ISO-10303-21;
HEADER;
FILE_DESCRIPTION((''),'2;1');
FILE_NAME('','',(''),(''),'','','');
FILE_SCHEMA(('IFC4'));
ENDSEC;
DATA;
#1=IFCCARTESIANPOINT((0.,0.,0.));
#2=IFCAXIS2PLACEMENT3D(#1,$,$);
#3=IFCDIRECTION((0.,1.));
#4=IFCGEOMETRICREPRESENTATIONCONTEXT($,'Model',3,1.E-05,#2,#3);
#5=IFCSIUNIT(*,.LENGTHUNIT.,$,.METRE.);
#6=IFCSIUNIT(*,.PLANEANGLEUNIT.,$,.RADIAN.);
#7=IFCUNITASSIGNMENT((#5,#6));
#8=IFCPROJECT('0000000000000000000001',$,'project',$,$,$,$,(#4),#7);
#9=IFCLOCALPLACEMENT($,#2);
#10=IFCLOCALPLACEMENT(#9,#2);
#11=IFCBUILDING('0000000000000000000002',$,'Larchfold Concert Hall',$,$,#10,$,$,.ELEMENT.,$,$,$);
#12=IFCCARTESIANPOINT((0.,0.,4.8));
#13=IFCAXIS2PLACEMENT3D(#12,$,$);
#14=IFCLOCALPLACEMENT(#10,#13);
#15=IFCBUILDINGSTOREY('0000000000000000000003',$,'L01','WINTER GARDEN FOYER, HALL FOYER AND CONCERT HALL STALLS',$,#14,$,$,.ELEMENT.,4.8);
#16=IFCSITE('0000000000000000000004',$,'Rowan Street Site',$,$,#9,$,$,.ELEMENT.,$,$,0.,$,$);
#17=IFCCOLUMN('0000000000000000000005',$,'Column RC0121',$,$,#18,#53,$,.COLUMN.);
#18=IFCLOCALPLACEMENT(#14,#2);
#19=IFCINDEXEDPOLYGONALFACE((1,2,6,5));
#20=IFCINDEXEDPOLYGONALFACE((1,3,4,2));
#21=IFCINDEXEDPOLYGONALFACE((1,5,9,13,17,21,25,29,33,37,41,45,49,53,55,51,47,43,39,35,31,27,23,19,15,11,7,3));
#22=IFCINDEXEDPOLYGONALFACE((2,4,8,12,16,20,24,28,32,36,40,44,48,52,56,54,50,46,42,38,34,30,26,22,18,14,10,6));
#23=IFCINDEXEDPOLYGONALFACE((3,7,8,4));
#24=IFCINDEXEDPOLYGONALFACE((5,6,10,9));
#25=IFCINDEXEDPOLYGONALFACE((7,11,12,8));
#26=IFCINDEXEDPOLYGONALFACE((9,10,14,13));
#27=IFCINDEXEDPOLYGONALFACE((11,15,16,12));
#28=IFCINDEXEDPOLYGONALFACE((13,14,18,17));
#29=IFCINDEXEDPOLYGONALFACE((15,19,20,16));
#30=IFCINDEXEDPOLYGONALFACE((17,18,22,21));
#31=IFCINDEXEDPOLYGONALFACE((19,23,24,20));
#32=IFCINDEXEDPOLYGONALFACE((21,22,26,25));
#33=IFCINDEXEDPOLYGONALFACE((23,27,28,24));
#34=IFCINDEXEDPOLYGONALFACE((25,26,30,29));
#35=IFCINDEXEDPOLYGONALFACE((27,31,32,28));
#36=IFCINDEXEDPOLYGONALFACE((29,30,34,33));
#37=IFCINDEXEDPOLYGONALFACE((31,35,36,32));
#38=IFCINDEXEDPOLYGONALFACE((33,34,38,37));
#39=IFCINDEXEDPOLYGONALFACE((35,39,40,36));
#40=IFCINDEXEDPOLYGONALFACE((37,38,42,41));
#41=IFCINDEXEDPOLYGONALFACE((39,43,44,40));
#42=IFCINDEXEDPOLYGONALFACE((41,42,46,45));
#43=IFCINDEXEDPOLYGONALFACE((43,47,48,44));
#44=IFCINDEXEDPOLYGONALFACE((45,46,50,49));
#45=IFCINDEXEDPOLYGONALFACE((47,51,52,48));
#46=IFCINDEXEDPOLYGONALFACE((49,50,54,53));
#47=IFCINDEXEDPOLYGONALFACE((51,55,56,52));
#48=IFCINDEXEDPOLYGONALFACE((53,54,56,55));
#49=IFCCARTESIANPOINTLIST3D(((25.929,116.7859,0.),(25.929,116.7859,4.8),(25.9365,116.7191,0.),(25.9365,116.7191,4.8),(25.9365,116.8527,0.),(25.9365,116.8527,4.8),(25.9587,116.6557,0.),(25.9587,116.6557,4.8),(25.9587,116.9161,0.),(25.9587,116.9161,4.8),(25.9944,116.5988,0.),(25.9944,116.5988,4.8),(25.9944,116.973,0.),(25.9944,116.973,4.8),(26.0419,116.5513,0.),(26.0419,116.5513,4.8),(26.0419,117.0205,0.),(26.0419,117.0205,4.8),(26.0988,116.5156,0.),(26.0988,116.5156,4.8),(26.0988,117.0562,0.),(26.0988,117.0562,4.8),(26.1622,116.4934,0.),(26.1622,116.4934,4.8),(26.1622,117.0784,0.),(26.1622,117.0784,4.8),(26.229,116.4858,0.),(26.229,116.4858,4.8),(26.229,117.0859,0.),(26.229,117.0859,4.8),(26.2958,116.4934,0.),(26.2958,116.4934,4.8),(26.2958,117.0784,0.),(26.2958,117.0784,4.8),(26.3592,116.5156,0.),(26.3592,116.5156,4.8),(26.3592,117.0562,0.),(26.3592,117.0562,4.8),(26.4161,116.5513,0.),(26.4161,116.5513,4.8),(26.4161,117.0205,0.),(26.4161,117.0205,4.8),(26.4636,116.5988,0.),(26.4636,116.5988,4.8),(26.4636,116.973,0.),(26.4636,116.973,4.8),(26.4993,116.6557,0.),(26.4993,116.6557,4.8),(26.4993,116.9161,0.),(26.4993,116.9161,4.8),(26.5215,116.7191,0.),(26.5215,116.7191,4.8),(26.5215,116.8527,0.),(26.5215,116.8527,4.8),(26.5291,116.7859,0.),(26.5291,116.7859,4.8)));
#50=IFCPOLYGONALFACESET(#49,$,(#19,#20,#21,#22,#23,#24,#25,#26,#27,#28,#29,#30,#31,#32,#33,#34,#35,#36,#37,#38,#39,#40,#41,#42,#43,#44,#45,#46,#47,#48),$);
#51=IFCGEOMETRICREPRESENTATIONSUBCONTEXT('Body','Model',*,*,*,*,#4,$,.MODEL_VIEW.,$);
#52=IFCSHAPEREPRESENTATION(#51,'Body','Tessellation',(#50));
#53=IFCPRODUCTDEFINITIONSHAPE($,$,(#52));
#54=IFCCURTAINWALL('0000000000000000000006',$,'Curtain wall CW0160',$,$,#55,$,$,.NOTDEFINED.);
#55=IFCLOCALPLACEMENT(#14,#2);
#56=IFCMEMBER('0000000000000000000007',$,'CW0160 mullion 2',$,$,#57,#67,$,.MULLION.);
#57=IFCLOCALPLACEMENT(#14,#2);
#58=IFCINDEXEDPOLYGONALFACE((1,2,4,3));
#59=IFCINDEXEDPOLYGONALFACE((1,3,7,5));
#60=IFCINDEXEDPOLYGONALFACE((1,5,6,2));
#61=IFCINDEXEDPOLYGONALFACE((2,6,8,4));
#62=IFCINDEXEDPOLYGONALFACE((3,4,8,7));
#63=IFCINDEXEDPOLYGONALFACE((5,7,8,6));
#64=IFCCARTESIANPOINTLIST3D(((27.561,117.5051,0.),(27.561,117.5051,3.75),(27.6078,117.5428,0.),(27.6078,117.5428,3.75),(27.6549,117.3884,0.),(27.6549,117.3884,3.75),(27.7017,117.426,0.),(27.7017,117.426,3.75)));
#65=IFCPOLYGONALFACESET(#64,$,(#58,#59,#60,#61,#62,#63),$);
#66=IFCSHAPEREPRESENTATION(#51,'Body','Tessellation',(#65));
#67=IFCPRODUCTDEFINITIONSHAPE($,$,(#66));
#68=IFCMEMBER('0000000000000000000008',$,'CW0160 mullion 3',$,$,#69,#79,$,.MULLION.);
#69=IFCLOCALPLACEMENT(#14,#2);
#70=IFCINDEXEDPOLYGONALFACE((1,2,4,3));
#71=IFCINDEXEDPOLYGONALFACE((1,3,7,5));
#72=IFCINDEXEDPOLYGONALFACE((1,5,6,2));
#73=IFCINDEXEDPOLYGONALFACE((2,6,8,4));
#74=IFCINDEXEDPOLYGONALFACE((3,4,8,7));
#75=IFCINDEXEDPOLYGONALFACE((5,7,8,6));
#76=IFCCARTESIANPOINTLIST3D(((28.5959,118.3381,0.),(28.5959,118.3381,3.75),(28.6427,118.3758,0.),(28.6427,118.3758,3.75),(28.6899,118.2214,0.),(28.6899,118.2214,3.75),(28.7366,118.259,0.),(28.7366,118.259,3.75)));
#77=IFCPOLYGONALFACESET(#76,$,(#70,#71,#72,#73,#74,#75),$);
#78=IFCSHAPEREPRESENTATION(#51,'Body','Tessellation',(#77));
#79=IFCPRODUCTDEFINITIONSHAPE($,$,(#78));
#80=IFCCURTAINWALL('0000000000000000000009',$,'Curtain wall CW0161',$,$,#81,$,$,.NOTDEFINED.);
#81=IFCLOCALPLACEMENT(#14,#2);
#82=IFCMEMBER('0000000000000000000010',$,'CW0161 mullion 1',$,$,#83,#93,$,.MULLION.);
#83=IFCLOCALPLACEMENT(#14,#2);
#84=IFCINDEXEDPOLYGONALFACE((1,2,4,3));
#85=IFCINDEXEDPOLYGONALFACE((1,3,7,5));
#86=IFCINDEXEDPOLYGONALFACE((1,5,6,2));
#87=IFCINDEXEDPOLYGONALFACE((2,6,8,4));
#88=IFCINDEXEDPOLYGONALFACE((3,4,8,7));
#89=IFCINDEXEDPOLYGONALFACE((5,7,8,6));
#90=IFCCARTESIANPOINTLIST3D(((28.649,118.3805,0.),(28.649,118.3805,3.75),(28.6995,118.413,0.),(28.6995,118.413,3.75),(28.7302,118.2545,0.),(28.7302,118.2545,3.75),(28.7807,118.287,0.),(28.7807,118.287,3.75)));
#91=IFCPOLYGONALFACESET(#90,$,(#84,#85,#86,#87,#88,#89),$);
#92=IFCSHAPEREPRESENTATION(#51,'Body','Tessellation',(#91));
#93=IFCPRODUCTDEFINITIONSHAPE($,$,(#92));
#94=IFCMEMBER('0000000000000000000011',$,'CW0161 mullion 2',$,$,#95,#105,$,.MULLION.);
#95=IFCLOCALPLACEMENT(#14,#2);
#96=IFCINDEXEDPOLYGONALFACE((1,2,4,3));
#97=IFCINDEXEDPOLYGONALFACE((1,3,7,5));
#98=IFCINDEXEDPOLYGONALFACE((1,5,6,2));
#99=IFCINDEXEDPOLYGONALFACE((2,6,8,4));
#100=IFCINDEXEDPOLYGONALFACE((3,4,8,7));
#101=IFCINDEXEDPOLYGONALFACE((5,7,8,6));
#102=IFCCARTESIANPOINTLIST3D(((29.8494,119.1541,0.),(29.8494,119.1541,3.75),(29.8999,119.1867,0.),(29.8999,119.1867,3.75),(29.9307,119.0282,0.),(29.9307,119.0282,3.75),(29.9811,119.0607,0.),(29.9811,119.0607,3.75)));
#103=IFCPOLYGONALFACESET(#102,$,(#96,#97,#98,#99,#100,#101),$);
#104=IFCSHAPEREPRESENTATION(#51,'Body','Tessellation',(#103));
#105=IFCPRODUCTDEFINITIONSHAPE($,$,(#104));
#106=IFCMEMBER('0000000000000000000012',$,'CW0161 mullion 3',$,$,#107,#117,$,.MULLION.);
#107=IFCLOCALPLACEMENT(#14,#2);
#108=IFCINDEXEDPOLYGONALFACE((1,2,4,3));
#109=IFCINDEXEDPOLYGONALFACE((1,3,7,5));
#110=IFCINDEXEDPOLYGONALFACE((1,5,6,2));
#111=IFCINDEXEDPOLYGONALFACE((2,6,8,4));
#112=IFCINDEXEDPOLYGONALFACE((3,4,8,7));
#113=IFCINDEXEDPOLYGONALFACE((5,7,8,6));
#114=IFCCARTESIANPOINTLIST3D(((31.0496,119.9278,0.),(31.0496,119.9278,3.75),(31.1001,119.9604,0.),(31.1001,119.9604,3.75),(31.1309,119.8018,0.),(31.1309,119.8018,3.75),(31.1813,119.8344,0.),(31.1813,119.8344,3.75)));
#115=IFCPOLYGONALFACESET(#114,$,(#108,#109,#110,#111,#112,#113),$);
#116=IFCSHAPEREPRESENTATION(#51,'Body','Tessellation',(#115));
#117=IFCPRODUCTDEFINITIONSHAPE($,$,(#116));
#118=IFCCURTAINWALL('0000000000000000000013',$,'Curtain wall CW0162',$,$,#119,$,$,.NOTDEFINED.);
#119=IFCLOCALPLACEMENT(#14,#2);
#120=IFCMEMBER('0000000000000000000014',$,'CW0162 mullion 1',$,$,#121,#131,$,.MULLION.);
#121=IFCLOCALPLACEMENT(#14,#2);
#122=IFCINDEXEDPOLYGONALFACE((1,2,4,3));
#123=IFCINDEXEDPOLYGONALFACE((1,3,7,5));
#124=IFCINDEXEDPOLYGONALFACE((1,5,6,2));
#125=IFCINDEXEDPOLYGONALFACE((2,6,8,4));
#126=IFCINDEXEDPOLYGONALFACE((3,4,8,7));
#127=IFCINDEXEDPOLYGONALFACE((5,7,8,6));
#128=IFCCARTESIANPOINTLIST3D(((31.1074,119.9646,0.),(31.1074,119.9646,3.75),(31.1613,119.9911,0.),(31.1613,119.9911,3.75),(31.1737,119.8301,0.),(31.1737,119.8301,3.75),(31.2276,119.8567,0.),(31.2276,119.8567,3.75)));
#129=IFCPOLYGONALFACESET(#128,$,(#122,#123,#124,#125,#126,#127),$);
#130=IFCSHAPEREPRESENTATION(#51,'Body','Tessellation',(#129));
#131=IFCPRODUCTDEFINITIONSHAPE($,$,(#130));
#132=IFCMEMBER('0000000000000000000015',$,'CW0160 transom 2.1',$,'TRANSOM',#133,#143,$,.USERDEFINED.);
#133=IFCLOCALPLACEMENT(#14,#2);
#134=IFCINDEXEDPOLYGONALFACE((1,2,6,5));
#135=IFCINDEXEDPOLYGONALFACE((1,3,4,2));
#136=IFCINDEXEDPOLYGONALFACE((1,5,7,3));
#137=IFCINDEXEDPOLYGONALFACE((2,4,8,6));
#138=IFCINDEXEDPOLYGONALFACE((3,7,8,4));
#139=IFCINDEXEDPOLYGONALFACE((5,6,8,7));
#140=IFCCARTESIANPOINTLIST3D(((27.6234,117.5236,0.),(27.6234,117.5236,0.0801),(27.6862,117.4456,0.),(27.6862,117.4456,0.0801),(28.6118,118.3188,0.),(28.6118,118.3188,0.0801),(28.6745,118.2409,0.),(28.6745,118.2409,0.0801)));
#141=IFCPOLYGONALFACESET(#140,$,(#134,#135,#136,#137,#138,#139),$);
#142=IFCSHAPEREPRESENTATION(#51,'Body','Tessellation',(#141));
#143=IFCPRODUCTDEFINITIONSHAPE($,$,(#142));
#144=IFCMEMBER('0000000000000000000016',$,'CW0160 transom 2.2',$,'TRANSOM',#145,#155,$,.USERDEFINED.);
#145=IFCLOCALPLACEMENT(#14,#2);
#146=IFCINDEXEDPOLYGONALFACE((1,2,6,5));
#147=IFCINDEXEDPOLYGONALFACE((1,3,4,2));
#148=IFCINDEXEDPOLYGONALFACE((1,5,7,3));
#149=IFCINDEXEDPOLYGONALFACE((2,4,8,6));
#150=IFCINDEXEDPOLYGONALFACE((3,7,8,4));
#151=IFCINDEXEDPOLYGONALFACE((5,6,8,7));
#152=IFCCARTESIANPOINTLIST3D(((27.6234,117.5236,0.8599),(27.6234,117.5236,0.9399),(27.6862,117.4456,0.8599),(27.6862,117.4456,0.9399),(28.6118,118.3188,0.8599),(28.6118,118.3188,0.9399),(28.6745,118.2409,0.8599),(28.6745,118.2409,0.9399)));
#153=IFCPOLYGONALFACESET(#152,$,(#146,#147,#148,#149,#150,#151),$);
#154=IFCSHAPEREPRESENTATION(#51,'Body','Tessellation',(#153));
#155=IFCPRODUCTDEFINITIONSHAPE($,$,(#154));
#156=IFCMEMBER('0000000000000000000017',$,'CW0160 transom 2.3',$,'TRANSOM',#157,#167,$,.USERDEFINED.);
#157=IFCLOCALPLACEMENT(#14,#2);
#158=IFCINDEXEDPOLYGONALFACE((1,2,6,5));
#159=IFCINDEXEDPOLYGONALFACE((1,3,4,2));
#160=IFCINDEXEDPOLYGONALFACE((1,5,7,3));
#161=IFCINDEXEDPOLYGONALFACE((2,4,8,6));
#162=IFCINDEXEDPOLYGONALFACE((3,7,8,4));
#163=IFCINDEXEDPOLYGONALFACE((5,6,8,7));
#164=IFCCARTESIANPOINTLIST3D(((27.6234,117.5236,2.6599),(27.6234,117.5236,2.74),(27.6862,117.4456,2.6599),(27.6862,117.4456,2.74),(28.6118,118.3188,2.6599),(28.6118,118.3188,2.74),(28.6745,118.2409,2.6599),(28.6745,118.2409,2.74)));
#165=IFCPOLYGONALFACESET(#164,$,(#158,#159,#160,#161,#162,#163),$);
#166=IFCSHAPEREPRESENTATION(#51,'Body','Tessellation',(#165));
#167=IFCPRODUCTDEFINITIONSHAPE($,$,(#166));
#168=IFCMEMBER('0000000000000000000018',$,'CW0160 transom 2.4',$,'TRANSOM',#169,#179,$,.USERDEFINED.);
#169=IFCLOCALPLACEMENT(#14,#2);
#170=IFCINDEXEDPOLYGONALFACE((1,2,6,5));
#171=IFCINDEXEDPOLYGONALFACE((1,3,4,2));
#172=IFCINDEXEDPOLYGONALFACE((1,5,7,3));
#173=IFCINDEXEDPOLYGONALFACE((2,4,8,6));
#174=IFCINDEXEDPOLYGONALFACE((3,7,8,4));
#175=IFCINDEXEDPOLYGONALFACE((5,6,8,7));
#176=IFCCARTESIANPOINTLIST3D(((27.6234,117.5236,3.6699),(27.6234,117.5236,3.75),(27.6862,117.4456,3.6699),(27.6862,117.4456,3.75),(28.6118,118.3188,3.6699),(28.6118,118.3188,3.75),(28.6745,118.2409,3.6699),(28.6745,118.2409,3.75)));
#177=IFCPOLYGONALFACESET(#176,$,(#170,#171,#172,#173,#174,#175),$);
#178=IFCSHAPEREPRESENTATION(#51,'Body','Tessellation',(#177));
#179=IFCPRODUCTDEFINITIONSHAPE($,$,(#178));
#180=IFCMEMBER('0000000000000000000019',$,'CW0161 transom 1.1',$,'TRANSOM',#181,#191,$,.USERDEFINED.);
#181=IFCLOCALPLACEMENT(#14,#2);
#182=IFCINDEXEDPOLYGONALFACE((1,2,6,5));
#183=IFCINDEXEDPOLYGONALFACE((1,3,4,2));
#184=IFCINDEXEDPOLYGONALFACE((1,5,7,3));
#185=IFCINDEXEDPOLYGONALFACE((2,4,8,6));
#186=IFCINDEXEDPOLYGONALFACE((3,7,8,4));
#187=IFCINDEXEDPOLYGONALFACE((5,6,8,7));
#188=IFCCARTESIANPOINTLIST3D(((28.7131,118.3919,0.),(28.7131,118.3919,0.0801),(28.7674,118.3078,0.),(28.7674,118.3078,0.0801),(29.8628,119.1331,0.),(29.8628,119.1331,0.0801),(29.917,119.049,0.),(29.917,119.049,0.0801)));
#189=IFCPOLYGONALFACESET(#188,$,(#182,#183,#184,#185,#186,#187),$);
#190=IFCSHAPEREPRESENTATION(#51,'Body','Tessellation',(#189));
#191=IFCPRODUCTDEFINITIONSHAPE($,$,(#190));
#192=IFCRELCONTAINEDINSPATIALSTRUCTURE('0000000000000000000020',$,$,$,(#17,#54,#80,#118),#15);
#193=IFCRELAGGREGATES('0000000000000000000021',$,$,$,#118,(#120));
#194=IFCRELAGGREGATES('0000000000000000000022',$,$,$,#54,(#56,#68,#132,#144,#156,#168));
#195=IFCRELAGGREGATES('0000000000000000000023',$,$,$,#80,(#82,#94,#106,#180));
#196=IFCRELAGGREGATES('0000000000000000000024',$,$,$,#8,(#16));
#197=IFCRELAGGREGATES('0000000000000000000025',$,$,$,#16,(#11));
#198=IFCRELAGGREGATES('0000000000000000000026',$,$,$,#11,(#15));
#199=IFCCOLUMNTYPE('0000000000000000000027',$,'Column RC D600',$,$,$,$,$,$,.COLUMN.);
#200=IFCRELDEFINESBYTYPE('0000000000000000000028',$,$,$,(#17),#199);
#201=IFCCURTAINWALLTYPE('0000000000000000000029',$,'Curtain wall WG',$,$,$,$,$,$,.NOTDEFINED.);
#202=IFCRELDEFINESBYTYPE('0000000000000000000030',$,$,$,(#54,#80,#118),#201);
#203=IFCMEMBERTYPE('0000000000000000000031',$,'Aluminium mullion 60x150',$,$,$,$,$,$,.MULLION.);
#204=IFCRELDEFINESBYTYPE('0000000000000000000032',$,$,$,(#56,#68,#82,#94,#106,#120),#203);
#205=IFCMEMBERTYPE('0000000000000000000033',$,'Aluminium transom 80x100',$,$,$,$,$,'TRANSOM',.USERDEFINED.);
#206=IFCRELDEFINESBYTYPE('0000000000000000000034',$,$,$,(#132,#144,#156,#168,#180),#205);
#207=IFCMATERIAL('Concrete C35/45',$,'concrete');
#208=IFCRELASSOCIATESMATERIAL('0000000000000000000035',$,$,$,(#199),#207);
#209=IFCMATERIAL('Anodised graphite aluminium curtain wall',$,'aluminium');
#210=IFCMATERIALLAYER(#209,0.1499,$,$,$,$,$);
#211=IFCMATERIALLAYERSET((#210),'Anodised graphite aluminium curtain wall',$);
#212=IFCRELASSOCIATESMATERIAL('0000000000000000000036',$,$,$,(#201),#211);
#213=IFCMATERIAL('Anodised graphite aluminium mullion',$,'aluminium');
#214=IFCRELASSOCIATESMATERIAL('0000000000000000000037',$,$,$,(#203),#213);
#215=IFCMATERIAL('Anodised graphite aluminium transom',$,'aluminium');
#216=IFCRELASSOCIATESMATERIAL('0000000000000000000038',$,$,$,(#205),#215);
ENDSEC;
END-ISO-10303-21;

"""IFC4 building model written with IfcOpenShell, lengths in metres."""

from ifc_helpers import new_model, si_unit, direction, frame, origin, origin_2d, place, context, subcontext, project, spatial, rectangle, circle, extrude, material, layer, layer_set, material_profile, profile_set, type_object, element, aggregate, save


model = new_model("IFC4")

# Units and contexts
model_context = context("Model", 3, precision=1e-05, world=origin(), true_north=direction((0.0, 1.0)))
body_context = subcontext(model_context, "Body", "Model", "MODEL_VIEW")
ifc_project = project(units=[si_unit("LENGTHUNIT", "METRE"), si_unit("PLANEANGLEUNIT", "RADIAN")], contexts=[model_context])

# Site, building, storey
site_placement = place(None, origin())
site = spatial("IfcSite", under=ifc_project, at=site_placement, Name="Rowan Street Site", CompositionType="ELEMENT", RefElevation=0.0)
building_placement = place(site_placement, origin())
building = spatial("IfcBuilding", under=site, at=building_placement, Name="Larchfold Concert Hall", CompositionType="ELEMENT")
storey_placement = place(building_placement, frame((0.0, 0.0, 4.8)))
storey = spatial("IfcBuildingStorey", under=building, at=storey_placement, Name="L01", Description="WINTER GARDEN FOYER, HALL FOYER AND CONCERT HALL STALLS", CompositionType="ELEMENT", Elevation=4.8)

# Column
ifc_material_1 = material(Name="Concrete C35/45", Category="concrete")
ifc_material_profile_1 = material_profile(ifc_material_1, circle(Radius=0.3, at=origin_2d()))
ifc_profile_set_1 = profile_set([ifc_material_profile_1], Name="Concrete C35/45")
column_type = type_object("IfcColumnType", Name="Column RC D600", PredefinedType="COLUMN", material=ifc_profile_set_1)
column_placement = place(storey_placement, frame((26.229, 116.7859, 0.0), z_axis=(0.0, 0.0, 1.0), x_axis=(1.0, 0.0, 0.0)))
element("IfcColumn", 1, at=column_placement, inside=storey, type_object=column_type, Name="Column RC0121", PredefinedType="COLUMN", context=body_context, shape_type="SweptSolid", body=[
    extrude(circle(Radius=0.3, at=origin_2d()), origin(), (0.0, 0.0, 1.0), 4.8),
])

# Curtain walls, members
ifc_material_2 = material(Name="Anodised graphite aluminium curtain wall", Category="aluminium")
ifc_layer_1 = layer(ifc_material_2, 0.1499)
ifc_layer_set_1 = layer_set([ifc_layer_1], Name="Anodised graphite aluminium curtain wall")
curtain_wall_type = type_object("IfcCurtainWallType", Name="Curtain wall WG", PredefinedType="NOTDEFINED", material=ifc_layer_set_1)
curtain_wall_1_placement = place(storey_placement, origin())
curtain_wall_1 = element("IfcCurtainWall", 2, at=curtain_wall_1_placement, inside=storey, type_object=curtain_wall_type, Name="Curtain wall CW0160", PredefinedType="NOTDEFINED")
ifc_material_3 = material(Name="Anodised graphite aluminium mullion", Category="aluminium")
ifc_material_profile_2 = material_profile(ifc_material_3, rectangle(XDim=0.1499, YDim=0.0601, at=origin_2d()))
ifc_profile_set_2 = profile_set([ifc_material_profile_2], Name="Anodised graphite aluminium mullion")
member_type_1 = type_object("IfcMemberType", Name="Aluminium mullion 60x150", PredefinedType="MULLION", material=ifc_profile_set_2)
member_1_placement = place(storey_placement, frame((27.6313, 117.4656, 0.0), z_axis=(0.0, 0.0, 1.0), x_axis=(-0.626939, 0.779068, 0.0)))
member_1 = element("IfcMember", 3, at=member_1_placement, type_object=member_type_1, Name="CW0160 mullion 2", PredefinedType="MULLION", context=body_context, shape_type="SweptSolid", body=[
    extrude(rectangle(XDim=0.1499, YDim=0.0601, at=origin_2d()), origin(), (0.0, 0.0, 1.0), 3.75),
])
member_2_placement = place(storey_placement, frame((28.6663, 118.2986, 0.0), z_axis=(0.0, 0.0, 1.0), x_axis=(-0.626939, 0.779068, 0.0)))
member_2 = element("IfcMember", 4, at=member_2_placement, type_object=member_type_1, Name="CW0160 mullion 3", PredefinedType="MULLION", context=body_context, shape_type="SweptSolid", body=[
    extrude(rectangle(XDim=0.1499, YDim=0.0601, at=origin_2d()), origin(), (0.0, 0.0, 1.0), 3.75),
])
curtain_wall_2_placement = place(storey_placement, origin())
curtain_wall_2 = element("IfcCurtainWall", 5, at=curtain_wall_2_placement, inside=storey, type_object=curtain_wall_type, Name="Curtain wall CW0161", PredefinedType="NOTDEFINED")
member_3_placement = place(storey_placement, frame((28.7148, 118.3337, 0.0), z_axis=(0.0, 0.0, 1.0), x_axis=(-0.541845, 0.840479, 0.0)))
member_3 = element("IfcMember", 6, at=member_3_placement, type_object=member_type_1, Name="CW0161 mullion 1", PredefinedType="MULLION", context=body_context, shape_type="SweptSolid", body=[
    extrude(rectangle(XDim=0.1499, YDim=0.0601, at=origin_2d()), origin(), (0.0, 0.0, 1.0), 3.75),
])
member_4_placement = place(storey_placement, frame((29.9153, 119.1074, 0.0), z_axis=(0.0, 0.0, 1.0), x_axis=(-0.541845, 0.840479, 0.0)))
member_4 = element("IfcMember", 7, at=member_4_placement, type_object=member_type_1, Name="CW0161 mullion 2", PredefinedType="MULLION", context=body_context, shape_type="SweptSolid", body=[
    extrude(rectangle(XDim=0.1499, YDim=0.0601, at=origin_2d()), origin(), (0.0, 0.0, 1.0), 3.75),
])
member_5_placement = place(storey_placement, frame((31.1155, 119.8811, 0.0), z_axis=(0.0, 0.0, 1.0), x_axis=(-0.541845, 0.840479, 0.0)))
member_5 = element("IfcMember", 8, at=member_5_placement, type_object=member_type_1, Name="CW0161 mullion 3", PredefinedType="MULLION", context=body_context, shape_type="SweptSolid", body=[
    extrude(rectangle(XDim=0.1499, YDim=0.0601, at=origin_2d()), origin(), (0.0, 0.0, 1.0), 3.75),
])

# Curtain wall, member
curtain_wall_3_placement = place(storey_placement, origin())
curtain_wall_3 = element("IfcCurtainWall", 9, at=curtain_wall_3_placement, inside=storey, type_object=curtain_wall_type, Name="Curtain wall CW0162", PredefinedType="NOTDEFINED")
member_6_placement = place(storey_placement, frame((31.1675, 119.9106, 0.0), z_axis=(0.0, 0.0, 1.0), x_axis=(-0.442305, 0.896865, 0.0)))
member_6 = element("IfcMember", 10, at=member_6_placement, type_object=member_type_1, Name="CW0162 mullion 1", PredefinedType="MULLION", context=body_context, shape_type="SweptSolid", body=[
    extrude(rectangle(XDim=0.1499, YDim=0.0601, at=origin_2d()), origin(), (0.0, 0.0, 1.0), 3.75),
])

# Members
ifc_material_4 = material(Name="Anodised graphite aluminium transom", Category="aluminium")
ifc_material_profile_3 = material_profile(ifc_material_4, rectangle(XDim=0.1001, YDim=0.0801, at=origin_2d()))
ifc_profile_set_3 = profile_set([ifc_material_profile_3], Name="Anodised graphite aluminium transom")
member_type_2 = type_object("IfcMemberType", Name="Aluminium transom 80x100", ElementType="TRANSOM", PredefinedType="USERDEFINED", material=ifc_profile_set_3)
member_7_placement = place(storey_placement, frame((27.6548, 117.4846, 0.04), z_axis=(0.779119, 0.626876, 0.0), x_axis=(-0.626876, 0.779119, 0.0)))
member_7 = element("IfcMember", 11, at=member_7_placement, type_object=member_type_2, Name="CW0160 transom 2.1", ObjectType="TRANSOM", PredefinedType="USERDEFINED", context=body_context, shape_type="SweptSolid", body=[
    extrude(rectangle(XDim=0.1001, YDim=0.0801, at=origin_2d()), origin(), (0.0, 0.0, 1.0), 1.2686),
])
member_8_placement = place(storey_placement, frame((27.6548, 117.4846, 0.8999), z_axis=(0.779119, 0.626876, 0.0), x_axis=(-0.626876, 0.779119, 0.0)))
member_8 = element("IfcMember", 12, at=member_8_placement, type_object=member_type_2, Name="CW0160 transom 2.2", ObjectType="TRANSOM", PredefinedType="USERDEFINED", context=body_context, shape_type="SweptSolid", body=[
    extrude(rectangle(XDim=0.1001, YDim=0.0801, at=origin_2d()), origin(), (0.0, 0.0, 1.0), 1.2686),
])
member_9_placement = place(storey_placement, frame((27.6548, 117.4846, 2.7), z_axis=(0.779119, 0.626876, 0.0), x_axis=(-0.626876, 0.779119, 0.0)))
member_9 = element("IfcMember", 13, at=member_9_placement, type_object=member_type_2, Name="CW0160 transom 2.3", ObjectType="TRANSOM", PredefinedType="USERDEFINED", context=body_context, shape_type="SweptSolid", body=[
    extrude(rectangle(XDim=0.1001, YDim=0.0801, at=origin_2d()), origin(), (0.0, 0.0, 1.0), 1.2686),
])
member_10_placement = place(storey_placement, frame((27.6548, 117.4846, 3.71), z_axis=(0.779119, 0.626876, 0.0), x_axis=(-0.626876, 0.779119, 0.0)))
member_10 = element("IfcMember", 14, at=member_10_placement, type_object=member_type_2, Name="CW0160 transom 2.4", ObjectType="TRANSOM", PredefinedType="USERDEFINED", context=body_context, shape_type="SweptSolid", body=[
    extrude(rectangle(XDim=0.1001, YDim=0.0801, at=origin_2d()), origin(), (0.0, 0.0, 1.0), 1.2686),
])
member_11_placement = place(storey_placement, frame((28.7402, 118.3499, 0.04), z_axis=(0.840464, 0.541867, 0.0), x_axis=(-0.541867, 0.840464, 0.0)))
member_11 = element("IfcMember", 15, at=member_11_placement, type_object=member_type_2, Name="CW0161 transom 1.1", ObjectType="TRANSOM", PredefinedType="USERDEFINED", context=body_context, shape_type="SweptSolid", body=[
    extrude(rectangle(XDim=0.1001, YDim=0.0801, at=origin_2d()), origin(), (0.0, 0.0, 1.0), 1.3679),
])
aggregate(curtain_wall_3, [member_6])

aggregate(curtain_wall_1, [member_1, member_2, member_7, member_8, member_9, member_10])
aggregate(curtain_wall_2, [member_3, member_4, member_5, member_11])

save(model, "model.ifc")
